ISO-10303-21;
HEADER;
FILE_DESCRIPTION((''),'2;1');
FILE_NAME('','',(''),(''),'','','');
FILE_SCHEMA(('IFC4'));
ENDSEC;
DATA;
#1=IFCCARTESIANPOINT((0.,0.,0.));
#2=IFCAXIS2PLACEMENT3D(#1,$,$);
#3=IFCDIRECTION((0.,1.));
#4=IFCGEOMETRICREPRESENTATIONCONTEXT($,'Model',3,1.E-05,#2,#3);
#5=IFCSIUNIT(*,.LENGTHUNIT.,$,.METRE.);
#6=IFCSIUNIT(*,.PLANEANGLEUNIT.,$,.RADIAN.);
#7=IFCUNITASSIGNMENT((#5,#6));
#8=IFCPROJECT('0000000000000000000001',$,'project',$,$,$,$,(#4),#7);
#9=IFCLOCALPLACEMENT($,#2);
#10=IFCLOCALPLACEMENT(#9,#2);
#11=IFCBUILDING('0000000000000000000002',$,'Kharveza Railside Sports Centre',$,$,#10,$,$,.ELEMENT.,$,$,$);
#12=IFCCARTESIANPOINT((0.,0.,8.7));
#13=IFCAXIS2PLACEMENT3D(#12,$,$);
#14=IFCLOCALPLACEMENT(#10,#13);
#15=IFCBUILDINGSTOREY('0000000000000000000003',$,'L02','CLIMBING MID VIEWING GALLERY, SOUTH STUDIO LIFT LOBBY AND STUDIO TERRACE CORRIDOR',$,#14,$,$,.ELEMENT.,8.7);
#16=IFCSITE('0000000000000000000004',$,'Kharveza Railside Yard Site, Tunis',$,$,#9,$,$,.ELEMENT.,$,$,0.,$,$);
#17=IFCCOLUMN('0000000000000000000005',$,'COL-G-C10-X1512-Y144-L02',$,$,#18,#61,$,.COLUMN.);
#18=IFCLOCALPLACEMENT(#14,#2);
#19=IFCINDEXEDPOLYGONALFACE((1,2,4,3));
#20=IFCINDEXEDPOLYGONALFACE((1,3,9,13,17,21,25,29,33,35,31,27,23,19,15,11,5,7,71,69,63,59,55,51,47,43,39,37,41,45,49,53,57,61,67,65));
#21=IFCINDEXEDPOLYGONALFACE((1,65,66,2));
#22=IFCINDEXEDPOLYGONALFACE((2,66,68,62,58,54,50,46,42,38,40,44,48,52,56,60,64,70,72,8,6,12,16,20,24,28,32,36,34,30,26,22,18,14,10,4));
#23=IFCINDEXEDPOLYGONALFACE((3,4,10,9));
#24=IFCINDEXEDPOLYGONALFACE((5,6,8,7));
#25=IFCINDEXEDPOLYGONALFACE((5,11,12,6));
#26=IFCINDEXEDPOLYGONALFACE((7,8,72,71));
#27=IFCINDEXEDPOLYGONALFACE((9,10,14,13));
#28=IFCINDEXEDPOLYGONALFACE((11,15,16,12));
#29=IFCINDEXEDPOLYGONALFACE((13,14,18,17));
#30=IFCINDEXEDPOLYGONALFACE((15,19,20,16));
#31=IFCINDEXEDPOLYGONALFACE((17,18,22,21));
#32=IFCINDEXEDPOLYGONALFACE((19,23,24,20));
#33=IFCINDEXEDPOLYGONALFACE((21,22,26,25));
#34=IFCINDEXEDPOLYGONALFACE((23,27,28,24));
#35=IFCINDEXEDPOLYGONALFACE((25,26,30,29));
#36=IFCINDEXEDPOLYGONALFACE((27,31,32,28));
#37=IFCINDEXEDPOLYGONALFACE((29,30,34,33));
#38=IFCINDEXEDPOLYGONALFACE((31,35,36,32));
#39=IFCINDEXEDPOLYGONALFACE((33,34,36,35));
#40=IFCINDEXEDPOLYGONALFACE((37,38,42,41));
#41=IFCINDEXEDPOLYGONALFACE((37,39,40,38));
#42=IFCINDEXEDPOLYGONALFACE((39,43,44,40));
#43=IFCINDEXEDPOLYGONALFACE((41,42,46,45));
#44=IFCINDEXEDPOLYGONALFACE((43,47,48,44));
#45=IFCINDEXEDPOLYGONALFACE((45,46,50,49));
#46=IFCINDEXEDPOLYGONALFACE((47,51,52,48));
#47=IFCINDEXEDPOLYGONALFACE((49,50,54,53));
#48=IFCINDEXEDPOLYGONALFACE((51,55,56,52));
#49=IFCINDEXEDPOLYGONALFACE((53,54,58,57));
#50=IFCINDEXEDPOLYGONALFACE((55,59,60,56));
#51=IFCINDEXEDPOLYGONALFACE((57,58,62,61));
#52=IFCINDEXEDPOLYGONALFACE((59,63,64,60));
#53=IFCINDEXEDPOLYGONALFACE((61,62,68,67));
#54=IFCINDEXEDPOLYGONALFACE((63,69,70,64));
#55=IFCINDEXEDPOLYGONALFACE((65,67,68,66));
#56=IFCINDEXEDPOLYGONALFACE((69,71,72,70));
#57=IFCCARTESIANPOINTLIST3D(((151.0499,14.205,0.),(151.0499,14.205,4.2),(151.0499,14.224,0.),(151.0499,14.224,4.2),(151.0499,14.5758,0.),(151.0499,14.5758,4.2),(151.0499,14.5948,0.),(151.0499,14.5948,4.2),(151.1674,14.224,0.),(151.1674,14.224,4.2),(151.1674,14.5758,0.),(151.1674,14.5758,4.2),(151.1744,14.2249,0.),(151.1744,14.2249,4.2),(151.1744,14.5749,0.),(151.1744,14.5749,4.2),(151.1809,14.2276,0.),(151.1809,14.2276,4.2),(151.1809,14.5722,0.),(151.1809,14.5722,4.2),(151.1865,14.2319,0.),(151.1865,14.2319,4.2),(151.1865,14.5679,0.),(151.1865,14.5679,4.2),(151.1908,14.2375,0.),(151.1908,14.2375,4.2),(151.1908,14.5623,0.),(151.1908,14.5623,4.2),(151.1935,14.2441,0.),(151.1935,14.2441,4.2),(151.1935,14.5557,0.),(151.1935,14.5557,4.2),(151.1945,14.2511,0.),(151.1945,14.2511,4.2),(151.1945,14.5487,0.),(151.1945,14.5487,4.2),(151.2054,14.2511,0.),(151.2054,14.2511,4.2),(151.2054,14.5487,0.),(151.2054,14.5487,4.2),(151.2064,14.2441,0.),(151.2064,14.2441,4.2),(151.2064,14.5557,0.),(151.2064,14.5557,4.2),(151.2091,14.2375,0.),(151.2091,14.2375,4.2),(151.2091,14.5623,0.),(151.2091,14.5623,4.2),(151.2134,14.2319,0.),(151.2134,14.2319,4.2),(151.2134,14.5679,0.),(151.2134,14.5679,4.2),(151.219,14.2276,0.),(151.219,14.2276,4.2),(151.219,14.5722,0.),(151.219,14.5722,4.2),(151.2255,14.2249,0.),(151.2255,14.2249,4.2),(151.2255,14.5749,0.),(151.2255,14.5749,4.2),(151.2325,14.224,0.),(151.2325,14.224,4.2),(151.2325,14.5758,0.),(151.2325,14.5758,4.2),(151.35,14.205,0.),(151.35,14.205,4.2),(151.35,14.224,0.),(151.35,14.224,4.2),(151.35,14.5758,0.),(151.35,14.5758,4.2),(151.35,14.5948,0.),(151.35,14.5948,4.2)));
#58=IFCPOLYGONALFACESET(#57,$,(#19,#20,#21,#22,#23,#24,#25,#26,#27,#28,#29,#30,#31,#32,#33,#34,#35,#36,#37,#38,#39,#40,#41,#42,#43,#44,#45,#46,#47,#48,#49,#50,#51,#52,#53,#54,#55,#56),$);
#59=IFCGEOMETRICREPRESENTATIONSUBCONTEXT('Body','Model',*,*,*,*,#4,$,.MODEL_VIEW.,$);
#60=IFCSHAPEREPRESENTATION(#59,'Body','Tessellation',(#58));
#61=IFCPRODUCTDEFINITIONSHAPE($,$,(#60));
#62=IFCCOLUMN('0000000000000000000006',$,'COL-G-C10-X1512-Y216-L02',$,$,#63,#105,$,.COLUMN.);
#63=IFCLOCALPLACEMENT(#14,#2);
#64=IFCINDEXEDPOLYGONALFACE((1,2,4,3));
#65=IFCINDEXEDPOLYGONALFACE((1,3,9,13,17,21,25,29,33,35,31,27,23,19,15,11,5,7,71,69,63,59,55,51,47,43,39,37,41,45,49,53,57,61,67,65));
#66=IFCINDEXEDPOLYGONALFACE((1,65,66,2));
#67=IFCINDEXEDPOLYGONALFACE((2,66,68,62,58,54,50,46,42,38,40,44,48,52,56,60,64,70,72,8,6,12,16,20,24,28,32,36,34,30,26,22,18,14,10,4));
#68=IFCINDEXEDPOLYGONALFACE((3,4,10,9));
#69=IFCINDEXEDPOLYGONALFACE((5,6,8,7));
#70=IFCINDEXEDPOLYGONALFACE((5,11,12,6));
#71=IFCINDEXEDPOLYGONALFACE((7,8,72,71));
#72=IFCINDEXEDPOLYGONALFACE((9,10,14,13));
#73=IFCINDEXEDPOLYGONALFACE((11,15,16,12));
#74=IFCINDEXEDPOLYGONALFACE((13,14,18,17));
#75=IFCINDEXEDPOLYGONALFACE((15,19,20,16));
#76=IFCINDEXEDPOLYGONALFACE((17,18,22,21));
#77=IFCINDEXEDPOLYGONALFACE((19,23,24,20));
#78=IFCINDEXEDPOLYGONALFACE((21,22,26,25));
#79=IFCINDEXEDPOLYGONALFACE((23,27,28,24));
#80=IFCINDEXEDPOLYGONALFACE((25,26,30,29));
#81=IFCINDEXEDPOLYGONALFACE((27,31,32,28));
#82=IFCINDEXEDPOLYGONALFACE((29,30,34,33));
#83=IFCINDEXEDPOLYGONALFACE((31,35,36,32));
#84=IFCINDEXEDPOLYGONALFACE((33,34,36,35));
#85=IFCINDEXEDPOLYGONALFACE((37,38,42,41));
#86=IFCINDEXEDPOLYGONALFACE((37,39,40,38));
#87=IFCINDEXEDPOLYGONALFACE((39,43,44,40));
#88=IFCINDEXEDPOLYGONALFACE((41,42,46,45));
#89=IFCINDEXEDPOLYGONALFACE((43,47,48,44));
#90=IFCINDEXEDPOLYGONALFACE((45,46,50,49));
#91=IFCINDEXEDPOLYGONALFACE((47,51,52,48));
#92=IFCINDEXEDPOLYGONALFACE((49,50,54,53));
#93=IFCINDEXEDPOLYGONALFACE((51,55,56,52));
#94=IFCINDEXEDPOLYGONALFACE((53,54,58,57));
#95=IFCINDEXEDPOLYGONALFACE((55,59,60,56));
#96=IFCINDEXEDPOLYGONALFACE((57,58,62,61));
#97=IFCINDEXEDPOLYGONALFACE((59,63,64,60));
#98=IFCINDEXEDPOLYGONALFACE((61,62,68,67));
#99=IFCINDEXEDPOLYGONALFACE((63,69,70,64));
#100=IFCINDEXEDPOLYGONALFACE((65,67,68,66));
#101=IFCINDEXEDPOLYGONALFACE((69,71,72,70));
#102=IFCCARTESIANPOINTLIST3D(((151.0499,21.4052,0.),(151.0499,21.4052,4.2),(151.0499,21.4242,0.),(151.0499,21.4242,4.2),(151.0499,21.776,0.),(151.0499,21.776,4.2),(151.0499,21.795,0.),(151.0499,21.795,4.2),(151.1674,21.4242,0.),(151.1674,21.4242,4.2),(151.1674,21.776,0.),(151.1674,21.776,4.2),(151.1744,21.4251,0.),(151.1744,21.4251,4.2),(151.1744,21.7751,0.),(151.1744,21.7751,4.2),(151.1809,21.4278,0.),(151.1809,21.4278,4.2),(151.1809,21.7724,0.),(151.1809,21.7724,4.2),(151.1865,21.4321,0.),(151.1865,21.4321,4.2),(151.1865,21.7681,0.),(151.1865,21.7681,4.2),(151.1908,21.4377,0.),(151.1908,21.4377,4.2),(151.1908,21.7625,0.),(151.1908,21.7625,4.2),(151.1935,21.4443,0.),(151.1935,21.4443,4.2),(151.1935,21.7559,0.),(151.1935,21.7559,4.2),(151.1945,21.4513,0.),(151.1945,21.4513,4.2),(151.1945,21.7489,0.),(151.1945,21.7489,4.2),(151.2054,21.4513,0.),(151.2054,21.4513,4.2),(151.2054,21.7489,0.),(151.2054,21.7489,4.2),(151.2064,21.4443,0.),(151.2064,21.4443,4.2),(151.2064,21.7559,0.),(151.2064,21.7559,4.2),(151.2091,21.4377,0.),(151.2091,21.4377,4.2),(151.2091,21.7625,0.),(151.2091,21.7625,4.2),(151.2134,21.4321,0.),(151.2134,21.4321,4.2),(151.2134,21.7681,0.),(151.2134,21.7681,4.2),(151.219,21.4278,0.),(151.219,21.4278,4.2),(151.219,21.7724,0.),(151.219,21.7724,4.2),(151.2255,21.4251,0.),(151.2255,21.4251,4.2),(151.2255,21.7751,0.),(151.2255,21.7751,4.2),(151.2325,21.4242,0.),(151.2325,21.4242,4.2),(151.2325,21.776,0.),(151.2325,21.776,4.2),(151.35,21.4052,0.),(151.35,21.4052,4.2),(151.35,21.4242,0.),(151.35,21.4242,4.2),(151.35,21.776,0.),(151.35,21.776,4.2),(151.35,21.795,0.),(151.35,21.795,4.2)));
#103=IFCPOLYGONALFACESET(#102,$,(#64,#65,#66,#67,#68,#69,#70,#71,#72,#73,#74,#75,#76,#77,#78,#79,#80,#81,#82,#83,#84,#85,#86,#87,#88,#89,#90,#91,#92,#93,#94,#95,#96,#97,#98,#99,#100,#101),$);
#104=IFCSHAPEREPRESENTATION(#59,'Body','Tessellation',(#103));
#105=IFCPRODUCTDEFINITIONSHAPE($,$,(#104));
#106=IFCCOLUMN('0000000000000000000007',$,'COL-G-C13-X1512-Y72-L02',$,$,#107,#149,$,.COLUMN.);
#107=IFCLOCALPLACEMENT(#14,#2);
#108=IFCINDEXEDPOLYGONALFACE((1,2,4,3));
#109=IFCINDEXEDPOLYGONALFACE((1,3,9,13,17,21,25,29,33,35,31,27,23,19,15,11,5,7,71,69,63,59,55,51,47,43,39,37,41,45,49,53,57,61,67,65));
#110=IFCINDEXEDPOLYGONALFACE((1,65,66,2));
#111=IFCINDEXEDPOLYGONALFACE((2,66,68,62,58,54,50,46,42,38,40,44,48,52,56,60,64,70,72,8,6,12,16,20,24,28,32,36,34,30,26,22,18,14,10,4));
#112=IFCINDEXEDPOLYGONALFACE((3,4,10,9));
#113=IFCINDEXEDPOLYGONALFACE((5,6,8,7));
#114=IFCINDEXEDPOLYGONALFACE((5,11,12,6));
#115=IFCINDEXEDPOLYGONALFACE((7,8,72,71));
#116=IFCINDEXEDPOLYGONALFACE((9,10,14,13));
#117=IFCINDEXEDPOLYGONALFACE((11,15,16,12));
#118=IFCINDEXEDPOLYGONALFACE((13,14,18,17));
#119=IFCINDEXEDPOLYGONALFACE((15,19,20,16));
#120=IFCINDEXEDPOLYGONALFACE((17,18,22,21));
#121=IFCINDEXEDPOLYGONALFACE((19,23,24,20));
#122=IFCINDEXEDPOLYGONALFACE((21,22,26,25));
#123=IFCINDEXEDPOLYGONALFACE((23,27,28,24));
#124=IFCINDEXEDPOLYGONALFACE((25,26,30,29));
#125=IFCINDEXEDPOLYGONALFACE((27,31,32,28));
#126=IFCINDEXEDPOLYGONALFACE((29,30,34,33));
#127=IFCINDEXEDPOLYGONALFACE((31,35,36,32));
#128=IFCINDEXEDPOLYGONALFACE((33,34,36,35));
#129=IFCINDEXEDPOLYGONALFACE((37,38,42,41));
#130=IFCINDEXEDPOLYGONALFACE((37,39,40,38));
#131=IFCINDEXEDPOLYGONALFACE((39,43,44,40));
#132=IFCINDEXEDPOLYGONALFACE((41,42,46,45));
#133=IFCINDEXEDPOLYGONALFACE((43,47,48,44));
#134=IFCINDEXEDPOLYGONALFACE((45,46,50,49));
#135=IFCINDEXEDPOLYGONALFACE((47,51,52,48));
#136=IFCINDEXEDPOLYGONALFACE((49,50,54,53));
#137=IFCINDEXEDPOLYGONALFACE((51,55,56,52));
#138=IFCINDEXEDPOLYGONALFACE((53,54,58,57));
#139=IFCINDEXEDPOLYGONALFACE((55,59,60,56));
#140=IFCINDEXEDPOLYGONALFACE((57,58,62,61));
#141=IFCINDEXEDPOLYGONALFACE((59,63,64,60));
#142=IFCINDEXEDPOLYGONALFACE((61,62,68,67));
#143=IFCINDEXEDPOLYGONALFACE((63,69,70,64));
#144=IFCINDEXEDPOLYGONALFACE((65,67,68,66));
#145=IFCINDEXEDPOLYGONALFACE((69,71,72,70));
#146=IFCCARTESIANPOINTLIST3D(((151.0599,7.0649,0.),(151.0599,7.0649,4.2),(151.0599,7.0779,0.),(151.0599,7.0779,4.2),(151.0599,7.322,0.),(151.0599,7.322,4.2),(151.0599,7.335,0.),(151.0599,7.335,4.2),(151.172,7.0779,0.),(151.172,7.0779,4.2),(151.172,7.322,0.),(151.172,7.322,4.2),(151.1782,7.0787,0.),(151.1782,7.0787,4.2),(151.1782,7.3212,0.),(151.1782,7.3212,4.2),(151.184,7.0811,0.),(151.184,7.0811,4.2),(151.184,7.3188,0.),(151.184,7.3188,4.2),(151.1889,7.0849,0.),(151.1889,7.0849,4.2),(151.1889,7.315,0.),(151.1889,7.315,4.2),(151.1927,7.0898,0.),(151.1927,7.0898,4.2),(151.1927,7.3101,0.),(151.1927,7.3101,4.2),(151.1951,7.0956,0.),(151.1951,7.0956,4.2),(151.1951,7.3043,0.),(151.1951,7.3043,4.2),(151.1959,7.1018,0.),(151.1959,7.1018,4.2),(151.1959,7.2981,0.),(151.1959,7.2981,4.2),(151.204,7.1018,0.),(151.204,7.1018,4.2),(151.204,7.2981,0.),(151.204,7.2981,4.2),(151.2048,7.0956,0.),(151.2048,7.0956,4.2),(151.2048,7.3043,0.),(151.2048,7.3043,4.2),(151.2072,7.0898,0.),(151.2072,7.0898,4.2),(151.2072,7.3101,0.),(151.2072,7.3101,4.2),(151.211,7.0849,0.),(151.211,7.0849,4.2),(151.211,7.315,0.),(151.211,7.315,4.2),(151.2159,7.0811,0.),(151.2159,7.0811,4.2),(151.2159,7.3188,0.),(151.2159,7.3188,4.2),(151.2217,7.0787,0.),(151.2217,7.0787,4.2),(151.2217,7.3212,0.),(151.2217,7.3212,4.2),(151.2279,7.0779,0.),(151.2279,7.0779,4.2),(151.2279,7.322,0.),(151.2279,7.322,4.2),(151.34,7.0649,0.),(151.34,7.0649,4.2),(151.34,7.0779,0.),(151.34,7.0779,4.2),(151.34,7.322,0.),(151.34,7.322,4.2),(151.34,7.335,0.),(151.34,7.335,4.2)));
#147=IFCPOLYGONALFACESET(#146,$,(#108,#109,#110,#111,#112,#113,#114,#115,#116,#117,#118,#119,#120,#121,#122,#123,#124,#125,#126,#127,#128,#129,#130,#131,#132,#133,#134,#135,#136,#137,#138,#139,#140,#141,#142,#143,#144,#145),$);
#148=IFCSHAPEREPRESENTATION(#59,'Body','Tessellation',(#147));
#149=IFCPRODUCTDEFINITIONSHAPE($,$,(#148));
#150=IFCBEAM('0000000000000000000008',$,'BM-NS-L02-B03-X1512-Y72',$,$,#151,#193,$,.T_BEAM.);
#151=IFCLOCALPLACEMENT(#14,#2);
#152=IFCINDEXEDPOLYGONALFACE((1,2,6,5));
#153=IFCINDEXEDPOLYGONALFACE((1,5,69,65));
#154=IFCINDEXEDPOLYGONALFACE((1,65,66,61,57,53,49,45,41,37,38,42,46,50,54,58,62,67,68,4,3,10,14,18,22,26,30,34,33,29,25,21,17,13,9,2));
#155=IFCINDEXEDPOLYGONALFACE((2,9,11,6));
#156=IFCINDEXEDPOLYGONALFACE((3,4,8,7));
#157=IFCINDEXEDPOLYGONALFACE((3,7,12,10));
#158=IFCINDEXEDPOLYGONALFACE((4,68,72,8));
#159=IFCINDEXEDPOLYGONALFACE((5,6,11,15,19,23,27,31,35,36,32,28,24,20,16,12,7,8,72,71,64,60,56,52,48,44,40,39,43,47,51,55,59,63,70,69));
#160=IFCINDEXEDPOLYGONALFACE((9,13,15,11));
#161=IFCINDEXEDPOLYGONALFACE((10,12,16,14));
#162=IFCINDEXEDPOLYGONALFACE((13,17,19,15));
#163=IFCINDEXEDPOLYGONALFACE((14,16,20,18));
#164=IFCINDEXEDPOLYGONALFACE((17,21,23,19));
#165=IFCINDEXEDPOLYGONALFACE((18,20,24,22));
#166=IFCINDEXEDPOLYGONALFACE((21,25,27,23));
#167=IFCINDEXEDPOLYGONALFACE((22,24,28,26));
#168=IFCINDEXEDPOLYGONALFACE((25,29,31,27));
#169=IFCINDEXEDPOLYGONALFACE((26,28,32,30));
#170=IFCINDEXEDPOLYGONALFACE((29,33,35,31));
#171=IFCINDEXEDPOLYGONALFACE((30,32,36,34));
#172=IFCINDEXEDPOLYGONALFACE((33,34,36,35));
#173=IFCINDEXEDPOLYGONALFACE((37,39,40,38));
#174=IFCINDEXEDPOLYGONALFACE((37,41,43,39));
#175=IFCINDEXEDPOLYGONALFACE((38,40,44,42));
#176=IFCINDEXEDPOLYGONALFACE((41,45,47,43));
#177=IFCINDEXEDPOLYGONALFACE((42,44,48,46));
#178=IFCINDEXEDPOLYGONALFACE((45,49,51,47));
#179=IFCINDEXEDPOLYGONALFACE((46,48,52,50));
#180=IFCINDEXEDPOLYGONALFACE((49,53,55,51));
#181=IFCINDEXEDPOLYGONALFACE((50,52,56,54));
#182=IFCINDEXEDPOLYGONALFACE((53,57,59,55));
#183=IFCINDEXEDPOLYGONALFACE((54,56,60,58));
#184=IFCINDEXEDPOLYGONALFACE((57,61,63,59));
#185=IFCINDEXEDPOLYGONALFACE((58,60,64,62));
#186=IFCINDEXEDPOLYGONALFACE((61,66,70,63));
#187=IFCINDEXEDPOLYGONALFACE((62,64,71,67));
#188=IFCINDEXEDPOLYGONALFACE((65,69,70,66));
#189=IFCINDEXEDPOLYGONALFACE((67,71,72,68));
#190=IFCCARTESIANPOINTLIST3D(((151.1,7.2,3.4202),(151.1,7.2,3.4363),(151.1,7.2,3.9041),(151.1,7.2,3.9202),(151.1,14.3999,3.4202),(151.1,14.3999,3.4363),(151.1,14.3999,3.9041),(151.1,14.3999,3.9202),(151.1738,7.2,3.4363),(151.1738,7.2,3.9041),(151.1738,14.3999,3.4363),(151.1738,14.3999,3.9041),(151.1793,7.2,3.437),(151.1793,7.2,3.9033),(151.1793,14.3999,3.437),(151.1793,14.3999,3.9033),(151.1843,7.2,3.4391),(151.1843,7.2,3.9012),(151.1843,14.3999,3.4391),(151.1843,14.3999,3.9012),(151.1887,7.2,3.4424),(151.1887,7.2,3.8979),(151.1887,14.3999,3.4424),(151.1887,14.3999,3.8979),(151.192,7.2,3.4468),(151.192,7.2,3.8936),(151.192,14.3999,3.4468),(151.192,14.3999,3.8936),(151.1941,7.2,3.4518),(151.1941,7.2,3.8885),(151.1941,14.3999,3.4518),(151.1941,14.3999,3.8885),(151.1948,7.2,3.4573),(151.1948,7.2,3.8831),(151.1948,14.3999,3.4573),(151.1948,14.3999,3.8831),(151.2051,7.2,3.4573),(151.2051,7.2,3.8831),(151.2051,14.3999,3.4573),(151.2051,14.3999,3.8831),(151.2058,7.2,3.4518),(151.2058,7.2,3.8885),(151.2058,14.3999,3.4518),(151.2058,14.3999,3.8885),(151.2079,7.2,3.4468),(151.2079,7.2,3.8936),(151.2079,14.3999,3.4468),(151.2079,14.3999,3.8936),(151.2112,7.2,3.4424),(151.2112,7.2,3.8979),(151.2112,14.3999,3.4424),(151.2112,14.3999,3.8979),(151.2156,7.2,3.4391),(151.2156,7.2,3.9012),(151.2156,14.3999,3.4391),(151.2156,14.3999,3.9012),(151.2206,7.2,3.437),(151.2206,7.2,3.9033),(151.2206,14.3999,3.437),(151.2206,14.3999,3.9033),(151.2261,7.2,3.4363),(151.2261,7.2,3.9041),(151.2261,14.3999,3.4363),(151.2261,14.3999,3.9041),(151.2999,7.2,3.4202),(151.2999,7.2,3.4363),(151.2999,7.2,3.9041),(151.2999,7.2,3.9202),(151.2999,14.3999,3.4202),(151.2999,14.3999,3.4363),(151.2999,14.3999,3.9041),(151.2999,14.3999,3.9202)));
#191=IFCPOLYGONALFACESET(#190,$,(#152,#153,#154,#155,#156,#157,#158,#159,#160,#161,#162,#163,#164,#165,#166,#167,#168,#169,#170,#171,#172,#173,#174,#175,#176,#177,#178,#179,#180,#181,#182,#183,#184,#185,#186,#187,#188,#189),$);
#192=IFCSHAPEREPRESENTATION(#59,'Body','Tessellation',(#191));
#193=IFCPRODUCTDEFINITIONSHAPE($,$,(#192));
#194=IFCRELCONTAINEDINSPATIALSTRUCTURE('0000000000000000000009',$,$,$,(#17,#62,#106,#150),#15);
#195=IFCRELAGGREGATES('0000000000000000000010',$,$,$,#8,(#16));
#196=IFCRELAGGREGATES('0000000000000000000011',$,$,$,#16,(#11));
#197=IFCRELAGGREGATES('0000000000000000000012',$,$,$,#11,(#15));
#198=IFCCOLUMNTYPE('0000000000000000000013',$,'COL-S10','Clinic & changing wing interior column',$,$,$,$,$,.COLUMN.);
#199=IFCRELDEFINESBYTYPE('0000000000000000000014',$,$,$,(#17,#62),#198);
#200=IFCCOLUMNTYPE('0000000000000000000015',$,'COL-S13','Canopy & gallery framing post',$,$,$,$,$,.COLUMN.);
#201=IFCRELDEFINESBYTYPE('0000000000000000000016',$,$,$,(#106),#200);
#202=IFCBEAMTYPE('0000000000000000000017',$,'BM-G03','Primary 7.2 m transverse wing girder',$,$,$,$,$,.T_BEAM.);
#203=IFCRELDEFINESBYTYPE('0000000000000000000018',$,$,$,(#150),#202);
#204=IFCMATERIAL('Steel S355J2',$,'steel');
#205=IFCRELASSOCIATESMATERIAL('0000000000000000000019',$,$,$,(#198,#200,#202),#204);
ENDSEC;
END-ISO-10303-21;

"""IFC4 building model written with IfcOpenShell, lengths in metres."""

from ifc_helpers import new_model, si_unit, direction, frame, origin, origin_2d, place, context, subcontext, project, spatial, i_section, extrude, material, material_profile, profile_set, type_object, element, save


model = new_model("IFC4")

# Units and contexts
model_context = context("Model", 3, precision=1e-05, world=origin(), true_north=direction((0.0, 1.0)))
body_context = subcontext(model_context, "Body", "Model", "MODEL_VIEW")
ifc_project = project(units=[si_unit("LENGTHUNIT", "METRE"), si_unit("PLANEANGLEUNIT", "RADIAN")], contexts=[model_context])

# Site, building, storey
site_placement = place(None, origin())
site = spatial("IfcSite", under=ifc_project, at=site_placement, Name="Kharveza Railside Yard Site, Tunis", CompositionType="ELEMENT", RefElevation=0.0)
building_placement = place(site_placement, origin())
building = spatial("IfcBuilding", under=site, at=building_placement, Name="Kharveza Railside Sports Centre", CompositionType="ELEMENT")
storey_placement = place(building_placement, frame((0.0, 0.0, 8.7)))
storey = spatial("IfcBuildingStorey", under=building, at=storey_placement, Name="L02", Description="CLIMBING MID VIEWING GALLERY, SOUTH STUDIO LIFT LOBBY AND STUDIO TERRACE CORRIDOR", CompositionType="ELEMENT", Elevation=8.7)

# Columns
ifc_material_1 = material(Name="Steel S355J2", Category="steel")
ifc_material_profile_1 = material_profile(ifc_material_1, i_section(OverallWidth=0.3, OverallDepth=0.3899, WebThickness=0.011, FlangeThickness=0.019, FilletRadius=0.0271, at=origin_2d()), Name="HEA 400")
ifc_profile_set_1 = profile_set([ifc_material_profile_1], Name="Steel S355J2")
column_type_1 = type_object("IfcColumnType", Name="COL-S10", Description="Clinic & changing wing interior column", PredefinedType="COLUMN", material=ifc_profile_set_1)
for number, where, z_axis, x_axis, name in (
    (1, (151.2, 14.3999, 0.0), (0.0, 0.0, 1.0), (1.0, 0.0, 0.0), "COL-G-C10-X1512-Y144-L02"),
    (2, (151.2, 21.6001, 0.0), (0.0, 0.0, 1.0), (1.0, 0.0, 0.0), "COL-G-C10-X1512-Y216-L02"),
):
    element("IfcColumn", number, at=place(storey_placement, frame(where, z_axis=z_axis, x_axis=x_axis)), inside=storey, type_object=column_type_1, Name=name, PredefinedType="COLUMN", context=body_context, shape_type="SweptSolid", body=[
        extrude(i_section(OverallWidth=0.3, OverallDepth=0.3899, WebThickness=0.011, FlangeThickness=0.019, FilletRadius=0.0271, at=origin_2d()), origin(), (0.0, 0.0, 1.0), 4.2),
    ])
ifc_material_profile_2 = material_profile(ifc_material_1, i_section(OverallWidth=0.28, OverallDepth=0.27, WebThickness=0.0081, FlangeThickness=0.0129, FilletRadius=0.0239, at=origin_2d()), Name="HEA 280")
ifc_profile_set_2 = profile_set([ifc_material_profile_2], Name="Steel S355J2")
column_type_2 = type_object("IfcColumnType", Name="COL-S13", Description="Canopy & gallery framing post", PredefinedType="COLUMN", material=ifc_profile_set_2)
column_placement = place(storey_placement, frame((151.2, 7.2, 0.0), z_axis=(0.0, 0.0, 1.0), x_axis=(1.0, 0.0, 0.0)))
element("IfcColumn", 3, at=column_placement, inside=storey, type_object=column_type_2, Name="COL-G-C13-X1512-Y72-L02", PredefinedType="COLUMN", context=body_context, shape_type="SweptSolid", body=[
    extrude(i_section(OverallWidth=0.28, OverallDepth=0.27, WebThickness=0.0081, FlangeThickness=0.0129, FilletRadius=0.0239, at=origin_2d()), origin(), (0.0, 0.0, 1.0), 4.2),
])

# Beam
ifc_material_profile_3 = material_profile(ifc_material_1, i_section(OverallWidth=0.2, OverallDepth=0.5, WebThickness=0.0103, FlangeThickness=0.0161, FilletRadius=0.021, at=origin_2d()), Name="IPE 500")
ifc_profile_set_3 = profile_set([ifc_material_profile_3], Name="Steel S355J2")
beam_type_1 = type_object("IfcBeamType", Name="BM-G03", Description="Primary 7.2 m transverse wing girder", PredefinedType="T_BEAM", material=ifc_profile_set_3)
beam_1_placement = place(storey_placement, frame((151.2, 7.2, 3.6702), z_axis=(0.0, 1.0, 0.0), x_axis=(-1.0, 0.0, 0.0)))
element("IfcBeam", 4, at=beam_1_placement, inside=storey, type_object=beam_type_1, Name="BM-NS-L02-B03-X1512-Y72", PredefinedType="T_BEAM", context=body_context, shape_type="SweptSolid", body=[
    extrude(i_section(OverallWidth=0.2, OverallDepth=0.5, WebThickness=0.0103, FlangeThickness=0.0161, FilletRadius=0.021, at=origin_2d()), origin(), (0.0, 0.0, 1.0), 7.2),
])

save(model, "model.ifc")
